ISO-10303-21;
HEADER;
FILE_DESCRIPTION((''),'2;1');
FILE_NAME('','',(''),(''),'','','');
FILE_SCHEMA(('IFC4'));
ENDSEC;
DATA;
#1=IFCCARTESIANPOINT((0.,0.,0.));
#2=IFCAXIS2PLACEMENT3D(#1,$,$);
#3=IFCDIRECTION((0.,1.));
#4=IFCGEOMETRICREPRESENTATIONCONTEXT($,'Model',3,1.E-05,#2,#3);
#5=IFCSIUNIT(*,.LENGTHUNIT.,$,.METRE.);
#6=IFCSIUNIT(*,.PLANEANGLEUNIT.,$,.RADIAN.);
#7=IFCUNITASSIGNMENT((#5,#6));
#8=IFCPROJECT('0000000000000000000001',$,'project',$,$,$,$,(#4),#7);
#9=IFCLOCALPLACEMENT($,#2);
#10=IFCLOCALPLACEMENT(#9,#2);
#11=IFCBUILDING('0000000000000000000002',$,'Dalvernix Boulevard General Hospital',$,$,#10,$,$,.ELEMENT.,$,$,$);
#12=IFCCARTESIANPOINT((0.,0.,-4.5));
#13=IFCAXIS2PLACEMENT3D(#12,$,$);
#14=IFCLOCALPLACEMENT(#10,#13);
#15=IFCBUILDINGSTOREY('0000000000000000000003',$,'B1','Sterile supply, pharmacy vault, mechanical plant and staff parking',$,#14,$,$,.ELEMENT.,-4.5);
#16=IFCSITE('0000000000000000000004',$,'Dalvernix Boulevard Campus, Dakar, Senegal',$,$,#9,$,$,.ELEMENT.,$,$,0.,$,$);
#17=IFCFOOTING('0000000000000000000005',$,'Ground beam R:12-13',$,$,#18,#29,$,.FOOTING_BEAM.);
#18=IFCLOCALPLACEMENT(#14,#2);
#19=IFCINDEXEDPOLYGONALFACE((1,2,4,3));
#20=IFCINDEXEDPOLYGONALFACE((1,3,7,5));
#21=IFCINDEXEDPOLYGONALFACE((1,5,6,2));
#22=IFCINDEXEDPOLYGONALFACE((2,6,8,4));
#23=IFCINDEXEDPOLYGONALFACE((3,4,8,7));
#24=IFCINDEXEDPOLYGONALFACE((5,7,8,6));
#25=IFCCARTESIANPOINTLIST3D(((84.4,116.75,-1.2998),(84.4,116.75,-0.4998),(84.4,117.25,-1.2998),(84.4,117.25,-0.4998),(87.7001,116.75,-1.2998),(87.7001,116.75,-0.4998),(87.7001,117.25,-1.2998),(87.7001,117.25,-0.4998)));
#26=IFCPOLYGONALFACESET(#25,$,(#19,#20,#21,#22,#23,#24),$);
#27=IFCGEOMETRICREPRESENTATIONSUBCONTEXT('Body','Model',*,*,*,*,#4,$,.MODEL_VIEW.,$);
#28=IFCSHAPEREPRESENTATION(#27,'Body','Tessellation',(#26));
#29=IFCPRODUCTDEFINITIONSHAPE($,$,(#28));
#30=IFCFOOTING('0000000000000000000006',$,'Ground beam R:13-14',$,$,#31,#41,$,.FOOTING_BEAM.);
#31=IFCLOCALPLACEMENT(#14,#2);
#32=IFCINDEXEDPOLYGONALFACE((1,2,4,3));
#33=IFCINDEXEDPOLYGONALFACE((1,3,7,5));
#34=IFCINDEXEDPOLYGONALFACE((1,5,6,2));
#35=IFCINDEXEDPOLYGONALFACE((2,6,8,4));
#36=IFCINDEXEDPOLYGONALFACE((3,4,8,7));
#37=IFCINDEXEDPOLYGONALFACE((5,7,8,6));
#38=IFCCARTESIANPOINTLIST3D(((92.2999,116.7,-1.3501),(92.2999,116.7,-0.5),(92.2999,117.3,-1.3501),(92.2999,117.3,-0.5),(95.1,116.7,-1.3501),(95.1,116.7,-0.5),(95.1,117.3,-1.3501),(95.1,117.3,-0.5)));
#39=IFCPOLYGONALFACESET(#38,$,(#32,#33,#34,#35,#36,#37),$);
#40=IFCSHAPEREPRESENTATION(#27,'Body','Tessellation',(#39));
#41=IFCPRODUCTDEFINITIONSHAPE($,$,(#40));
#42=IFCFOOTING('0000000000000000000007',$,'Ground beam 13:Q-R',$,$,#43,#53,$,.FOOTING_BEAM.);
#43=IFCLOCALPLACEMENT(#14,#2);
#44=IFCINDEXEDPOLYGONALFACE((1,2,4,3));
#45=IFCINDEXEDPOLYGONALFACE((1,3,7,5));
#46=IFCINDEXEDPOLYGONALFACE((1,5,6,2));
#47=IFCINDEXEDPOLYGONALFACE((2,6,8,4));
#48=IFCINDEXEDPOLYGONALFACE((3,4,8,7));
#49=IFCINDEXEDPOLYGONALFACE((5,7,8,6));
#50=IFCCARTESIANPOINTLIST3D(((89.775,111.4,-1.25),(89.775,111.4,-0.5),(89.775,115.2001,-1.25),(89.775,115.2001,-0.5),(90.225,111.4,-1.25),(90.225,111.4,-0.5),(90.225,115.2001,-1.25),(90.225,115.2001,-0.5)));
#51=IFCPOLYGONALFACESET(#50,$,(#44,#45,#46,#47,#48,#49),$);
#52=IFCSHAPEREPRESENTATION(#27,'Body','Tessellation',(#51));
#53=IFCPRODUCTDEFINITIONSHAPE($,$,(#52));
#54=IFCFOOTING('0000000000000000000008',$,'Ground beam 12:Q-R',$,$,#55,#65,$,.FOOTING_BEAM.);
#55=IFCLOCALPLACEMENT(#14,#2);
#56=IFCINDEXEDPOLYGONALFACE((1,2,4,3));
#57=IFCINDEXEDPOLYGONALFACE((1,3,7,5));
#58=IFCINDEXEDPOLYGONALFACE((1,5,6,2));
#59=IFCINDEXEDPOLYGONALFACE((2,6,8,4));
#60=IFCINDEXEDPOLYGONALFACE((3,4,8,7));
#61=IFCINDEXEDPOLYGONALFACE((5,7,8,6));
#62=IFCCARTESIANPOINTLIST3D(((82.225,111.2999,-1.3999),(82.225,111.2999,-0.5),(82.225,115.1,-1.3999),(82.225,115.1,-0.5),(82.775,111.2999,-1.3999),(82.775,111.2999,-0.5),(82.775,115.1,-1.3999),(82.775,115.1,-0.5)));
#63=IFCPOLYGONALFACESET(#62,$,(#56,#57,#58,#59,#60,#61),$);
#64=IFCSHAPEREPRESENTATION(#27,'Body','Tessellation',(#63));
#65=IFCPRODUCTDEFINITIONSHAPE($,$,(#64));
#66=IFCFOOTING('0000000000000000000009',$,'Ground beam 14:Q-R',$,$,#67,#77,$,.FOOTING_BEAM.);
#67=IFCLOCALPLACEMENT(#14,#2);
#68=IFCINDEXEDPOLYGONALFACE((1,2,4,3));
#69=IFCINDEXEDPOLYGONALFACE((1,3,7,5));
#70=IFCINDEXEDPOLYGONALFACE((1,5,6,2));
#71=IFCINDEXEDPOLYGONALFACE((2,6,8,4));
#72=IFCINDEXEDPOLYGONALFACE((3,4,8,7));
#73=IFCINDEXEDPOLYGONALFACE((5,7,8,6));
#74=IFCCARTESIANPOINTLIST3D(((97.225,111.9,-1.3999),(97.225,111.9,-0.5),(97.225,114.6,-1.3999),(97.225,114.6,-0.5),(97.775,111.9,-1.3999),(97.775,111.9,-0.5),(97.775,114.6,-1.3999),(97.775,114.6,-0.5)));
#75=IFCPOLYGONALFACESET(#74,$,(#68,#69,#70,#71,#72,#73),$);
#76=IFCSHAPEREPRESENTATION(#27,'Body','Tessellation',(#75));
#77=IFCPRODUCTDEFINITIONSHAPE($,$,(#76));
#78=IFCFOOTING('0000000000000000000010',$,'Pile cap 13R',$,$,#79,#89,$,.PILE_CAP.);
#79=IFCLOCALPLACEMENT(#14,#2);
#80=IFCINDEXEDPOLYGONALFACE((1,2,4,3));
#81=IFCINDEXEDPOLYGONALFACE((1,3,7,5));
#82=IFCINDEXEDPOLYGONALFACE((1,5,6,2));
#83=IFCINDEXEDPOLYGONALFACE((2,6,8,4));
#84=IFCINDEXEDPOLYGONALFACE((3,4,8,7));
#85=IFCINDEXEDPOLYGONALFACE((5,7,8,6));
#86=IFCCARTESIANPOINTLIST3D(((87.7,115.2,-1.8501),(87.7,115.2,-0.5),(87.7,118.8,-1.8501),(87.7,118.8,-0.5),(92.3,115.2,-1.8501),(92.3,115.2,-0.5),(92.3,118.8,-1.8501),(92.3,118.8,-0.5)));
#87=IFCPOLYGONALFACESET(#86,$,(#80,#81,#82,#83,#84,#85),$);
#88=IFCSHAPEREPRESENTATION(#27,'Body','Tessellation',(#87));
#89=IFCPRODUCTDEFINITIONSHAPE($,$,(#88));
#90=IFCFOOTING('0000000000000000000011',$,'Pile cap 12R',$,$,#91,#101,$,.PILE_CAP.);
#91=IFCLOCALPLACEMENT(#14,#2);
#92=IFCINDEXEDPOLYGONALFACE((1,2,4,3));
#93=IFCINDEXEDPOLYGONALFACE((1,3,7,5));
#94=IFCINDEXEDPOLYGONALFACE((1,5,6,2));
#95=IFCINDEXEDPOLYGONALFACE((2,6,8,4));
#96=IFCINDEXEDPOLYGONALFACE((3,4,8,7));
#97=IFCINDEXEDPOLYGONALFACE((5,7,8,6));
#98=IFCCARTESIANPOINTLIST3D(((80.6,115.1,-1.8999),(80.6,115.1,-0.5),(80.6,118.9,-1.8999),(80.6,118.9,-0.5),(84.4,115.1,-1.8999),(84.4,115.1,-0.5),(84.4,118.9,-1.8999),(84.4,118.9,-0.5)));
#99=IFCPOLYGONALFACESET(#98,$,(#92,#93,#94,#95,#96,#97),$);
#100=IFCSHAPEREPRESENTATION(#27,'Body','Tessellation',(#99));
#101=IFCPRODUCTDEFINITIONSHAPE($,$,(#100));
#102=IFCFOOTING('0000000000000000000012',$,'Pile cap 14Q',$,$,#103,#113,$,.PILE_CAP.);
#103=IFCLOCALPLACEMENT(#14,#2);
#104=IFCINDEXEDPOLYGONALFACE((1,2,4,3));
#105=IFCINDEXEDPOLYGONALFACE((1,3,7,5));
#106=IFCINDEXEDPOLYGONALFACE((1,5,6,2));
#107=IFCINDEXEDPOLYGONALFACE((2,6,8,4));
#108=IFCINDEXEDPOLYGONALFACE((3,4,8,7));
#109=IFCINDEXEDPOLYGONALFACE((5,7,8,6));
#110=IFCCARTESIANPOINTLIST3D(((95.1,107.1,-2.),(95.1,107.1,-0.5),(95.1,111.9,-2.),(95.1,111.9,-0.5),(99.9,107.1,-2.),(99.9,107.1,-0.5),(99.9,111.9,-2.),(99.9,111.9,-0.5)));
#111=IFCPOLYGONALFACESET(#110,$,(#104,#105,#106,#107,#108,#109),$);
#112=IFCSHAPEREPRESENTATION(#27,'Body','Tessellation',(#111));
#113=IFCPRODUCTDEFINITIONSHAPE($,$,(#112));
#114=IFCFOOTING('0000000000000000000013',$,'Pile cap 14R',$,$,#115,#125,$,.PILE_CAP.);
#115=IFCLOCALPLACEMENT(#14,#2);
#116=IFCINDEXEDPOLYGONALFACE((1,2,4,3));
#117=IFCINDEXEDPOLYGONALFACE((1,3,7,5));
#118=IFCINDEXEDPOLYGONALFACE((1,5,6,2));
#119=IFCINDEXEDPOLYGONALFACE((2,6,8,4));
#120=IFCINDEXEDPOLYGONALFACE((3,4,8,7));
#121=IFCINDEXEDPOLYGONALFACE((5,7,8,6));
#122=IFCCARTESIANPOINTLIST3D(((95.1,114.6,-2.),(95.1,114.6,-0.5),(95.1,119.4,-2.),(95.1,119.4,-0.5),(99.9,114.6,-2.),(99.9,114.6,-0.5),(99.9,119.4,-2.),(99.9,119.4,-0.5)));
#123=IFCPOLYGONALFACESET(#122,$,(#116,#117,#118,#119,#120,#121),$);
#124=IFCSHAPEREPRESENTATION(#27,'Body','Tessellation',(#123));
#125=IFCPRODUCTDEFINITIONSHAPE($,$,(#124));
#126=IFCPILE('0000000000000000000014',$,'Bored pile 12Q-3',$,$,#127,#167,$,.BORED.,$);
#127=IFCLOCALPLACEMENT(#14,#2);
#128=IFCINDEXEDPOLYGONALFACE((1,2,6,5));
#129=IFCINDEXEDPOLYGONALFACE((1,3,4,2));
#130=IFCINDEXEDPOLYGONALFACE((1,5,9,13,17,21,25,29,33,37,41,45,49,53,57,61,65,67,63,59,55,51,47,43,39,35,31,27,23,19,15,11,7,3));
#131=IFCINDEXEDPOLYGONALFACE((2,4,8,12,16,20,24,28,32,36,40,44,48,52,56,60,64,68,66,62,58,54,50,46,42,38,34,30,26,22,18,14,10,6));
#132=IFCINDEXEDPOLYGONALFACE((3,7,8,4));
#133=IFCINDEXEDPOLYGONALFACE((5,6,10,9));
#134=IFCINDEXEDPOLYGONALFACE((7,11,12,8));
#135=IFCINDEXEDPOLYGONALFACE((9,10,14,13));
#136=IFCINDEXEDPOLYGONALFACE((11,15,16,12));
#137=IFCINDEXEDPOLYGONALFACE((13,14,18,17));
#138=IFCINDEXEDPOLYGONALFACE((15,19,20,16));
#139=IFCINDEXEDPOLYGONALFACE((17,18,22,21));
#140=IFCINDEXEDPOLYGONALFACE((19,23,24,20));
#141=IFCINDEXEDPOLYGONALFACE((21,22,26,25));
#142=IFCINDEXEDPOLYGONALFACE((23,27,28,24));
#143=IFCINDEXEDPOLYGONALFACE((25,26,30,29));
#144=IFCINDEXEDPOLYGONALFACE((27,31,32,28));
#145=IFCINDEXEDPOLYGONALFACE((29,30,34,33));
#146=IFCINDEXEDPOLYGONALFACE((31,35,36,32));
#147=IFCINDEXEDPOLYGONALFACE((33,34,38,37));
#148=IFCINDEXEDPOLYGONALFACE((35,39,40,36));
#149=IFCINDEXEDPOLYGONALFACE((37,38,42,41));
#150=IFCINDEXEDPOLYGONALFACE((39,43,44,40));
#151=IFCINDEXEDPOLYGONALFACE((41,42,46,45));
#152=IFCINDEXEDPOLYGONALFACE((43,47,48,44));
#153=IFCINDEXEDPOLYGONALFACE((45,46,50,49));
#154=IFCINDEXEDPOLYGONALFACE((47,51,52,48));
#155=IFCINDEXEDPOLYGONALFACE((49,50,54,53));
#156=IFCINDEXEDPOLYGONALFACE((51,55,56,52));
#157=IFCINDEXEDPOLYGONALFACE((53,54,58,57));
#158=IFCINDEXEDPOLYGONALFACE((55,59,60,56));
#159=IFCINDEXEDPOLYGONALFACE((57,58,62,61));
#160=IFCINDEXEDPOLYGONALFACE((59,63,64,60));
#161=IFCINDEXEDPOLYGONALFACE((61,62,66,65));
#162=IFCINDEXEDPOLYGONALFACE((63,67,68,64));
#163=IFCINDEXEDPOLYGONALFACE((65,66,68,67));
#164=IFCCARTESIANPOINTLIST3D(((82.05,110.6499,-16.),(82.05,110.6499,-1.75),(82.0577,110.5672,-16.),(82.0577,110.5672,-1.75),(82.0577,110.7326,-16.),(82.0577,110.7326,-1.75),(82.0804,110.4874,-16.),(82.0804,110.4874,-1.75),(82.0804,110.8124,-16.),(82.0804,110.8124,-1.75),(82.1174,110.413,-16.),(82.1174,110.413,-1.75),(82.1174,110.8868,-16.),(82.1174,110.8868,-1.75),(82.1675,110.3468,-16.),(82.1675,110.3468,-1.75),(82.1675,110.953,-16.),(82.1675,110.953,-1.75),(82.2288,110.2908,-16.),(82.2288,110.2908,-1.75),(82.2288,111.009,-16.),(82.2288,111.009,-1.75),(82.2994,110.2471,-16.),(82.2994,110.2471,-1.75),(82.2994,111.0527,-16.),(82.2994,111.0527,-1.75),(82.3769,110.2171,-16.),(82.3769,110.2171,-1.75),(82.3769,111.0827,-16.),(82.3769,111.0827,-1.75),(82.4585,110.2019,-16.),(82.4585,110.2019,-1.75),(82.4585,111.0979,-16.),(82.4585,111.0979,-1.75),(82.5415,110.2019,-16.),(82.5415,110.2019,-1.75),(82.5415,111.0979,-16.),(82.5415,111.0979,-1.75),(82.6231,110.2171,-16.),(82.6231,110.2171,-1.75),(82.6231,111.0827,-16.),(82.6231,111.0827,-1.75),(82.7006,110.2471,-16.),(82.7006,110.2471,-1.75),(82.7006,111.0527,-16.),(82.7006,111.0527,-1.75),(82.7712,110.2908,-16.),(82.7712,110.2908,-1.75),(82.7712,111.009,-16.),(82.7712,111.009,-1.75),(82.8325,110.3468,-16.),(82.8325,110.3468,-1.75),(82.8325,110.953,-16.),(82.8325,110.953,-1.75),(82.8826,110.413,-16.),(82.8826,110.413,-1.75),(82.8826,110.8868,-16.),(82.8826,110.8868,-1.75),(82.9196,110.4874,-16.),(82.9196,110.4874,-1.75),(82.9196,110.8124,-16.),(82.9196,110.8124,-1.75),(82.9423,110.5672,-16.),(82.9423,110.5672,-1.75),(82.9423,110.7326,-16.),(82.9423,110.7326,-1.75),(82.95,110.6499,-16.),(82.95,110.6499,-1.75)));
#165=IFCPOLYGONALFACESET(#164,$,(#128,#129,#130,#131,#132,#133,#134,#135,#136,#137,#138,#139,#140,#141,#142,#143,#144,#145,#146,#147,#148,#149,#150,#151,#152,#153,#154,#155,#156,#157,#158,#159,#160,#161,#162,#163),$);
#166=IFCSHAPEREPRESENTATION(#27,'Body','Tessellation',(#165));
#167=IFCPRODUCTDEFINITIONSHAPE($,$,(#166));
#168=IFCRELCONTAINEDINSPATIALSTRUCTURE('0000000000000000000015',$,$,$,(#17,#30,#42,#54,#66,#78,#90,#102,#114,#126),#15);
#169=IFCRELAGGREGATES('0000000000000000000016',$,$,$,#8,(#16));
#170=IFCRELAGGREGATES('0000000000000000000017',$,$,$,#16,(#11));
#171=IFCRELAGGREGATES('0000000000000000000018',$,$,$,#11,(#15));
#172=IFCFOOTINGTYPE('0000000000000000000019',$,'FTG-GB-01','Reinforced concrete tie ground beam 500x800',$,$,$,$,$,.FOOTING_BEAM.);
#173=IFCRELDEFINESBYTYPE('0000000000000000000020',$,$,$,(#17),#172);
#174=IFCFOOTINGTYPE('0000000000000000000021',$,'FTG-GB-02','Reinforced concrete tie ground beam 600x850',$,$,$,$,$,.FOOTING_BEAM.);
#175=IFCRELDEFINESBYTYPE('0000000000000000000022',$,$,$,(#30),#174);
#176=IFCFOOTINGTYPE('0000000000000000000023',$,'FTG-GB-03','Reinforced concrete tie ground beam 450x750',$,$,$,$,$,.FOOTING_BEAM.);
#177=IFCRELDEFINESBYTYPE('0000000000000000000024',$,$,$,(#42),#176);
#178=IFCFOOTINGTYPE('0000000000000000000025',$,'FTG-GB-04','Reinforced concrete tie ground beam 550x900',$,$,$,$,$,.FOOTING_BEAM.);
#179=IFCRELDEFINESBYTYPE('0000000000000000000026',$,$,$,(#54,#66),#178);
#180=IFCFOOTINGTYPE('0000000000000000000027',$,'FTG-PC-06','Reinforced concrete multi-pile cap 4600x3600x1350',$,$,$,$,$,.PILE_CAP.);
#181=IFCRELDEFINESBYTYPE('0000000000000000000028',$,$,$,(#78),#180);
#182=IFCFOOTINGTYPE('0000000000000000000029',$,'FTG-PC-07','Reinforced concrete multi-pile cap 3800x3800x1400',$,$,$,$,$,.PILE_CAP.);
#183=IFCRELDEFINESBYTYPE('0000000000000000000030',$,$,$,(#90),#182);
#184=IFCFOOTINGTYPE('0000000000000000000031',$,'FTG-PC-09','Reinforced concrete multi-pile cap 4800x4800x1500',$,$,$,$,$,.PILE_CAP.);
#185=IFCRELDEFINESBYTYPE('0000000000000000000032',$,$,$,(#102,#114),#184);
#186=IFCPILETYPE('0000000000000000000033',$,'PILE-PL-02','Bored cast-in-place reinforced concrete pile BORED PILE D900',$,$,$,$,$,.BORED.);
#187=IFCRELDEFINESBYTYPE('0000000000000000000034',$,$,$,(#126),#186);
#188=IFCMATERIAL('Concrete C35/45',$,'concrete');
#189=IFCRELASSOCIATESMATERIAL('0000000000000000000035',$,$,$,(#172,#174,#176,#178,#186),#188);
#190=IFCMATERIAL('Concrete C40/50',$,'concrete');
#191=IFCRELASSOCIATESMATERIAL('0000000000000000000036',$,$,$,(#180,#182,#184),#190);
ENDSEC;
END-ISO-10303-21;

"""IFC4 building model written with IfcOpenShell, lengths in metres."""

from ifc_helpers import new_model, si_unit, direction, frame, origin, origin_2d, place, context, subcontext, project, spatial, rectangle, circle, extrude, material, material_profile, profile_set, type_object, element, save


model = new_model("IFC4")

# Units and contexts
model_context = context("Model", 3, precision=1e-05, world=origin(), true_north=direction((0.0, 1.0)))
body_context = subcontext(model_context, "Body", "Model", "MODEL_VIEW")
ifc_project = project(units=[si_unit("LENGTHUNIT", "METRE"), si_unit("PLANEANGLEUNIT", "RADIAN")], contexts=[model_context])

# Site, building, storey
site_placement = place(None, origin())
site = spatial("IfcSite", under=ifc_project, at=site_placement, Name="Dalvernix Boulevard Campus, Dakar, Senegal", CompositionType="ELEMENT", RefElevation=0.0)
building_placement = place(site_placement, origin())
building = spatial("IfcBuilding", under=site, at=building_placement, Name="Dalvernix Boulevard General Hospital", CompositionType="ELEMENT")
storey_placement = place(building_placement, frame((0.0, 0.0, -4.5)))
storey = spatial("IfcBuildingStorey", under=building, at=storey_placement, Name="B1", Description="Sterile supply, pharmacy vault, mechanical plant and staff parking", CompositionType="ELEMENT", Elevation=-4.5)

# Footings
ifc_material_1 = material(Name="Concrete C35/45", Category="concrete")
footing_type_1 = type_object("IfcFootingType", Name="FTG-GB-01", Description="Reinforced concrete tie ground beam 500x800", PredefinedType="FOOTING_BEAM", material=ifc_material_1)
footing_1_placement = place(storey_placement, frame((86.05, 117.0, -1.2998), z_axis=(0.0, 0.0, 1.0), x_axis=(1.0, 0.0, 0.0)))
element("IfcFooting", 1, at=footing_1_placement, inside=storey, type_object=footing_type_1, Name="Ground beam R:12-13", PredefinedType="FOOTING_BEAM", context=body_context, shape_type="SweptSolid", body=[
    extrude(rectangle(XDim=3.3, YDim=0.5, at=origin_2d()), origin(), (0.0, 0.0, 1.0), 0.8),
])
footing_type_2 = type_object("IfcFootingType", Name="FTG-GB-02", Description="Reinforced concrete tie ground beam 600x850", PredefinedType="FOOTING_BEAM", material=ifc_material_1)
footing_2_placement = place(storey_placement, frame((93.7, 117.0, -1.3501), z_axis=(0.0, 0.0, 1.0), x_axis=(1.0, 0.0, 0.0)))
element("IfcFooting", 2, at=footing_2_placement, inside=storey, type_object=footing_type_2, Name="Ground beam R:13-14", PredefinedType="FOOTING_BEAM", context=body_context, shape_type="SweptSolid", body=[
    extrude(rectangle(XDim=2.8, YDim=0.6001, at=origin_2d()), origin(), (0.0, 0.0, 1.0), 0.8501),
])
footing_type_3 = type_object("IfcFootingType", Name="FTG-GB-03", Description="Reinforced concrete tie ground beam 450x750", PredefinedType="FOOTING_BEAM", material=ifc_material_1)
footing_3_placement = place(storey_placement, frame((90.0, 113.3, -1.25), z_axis=(0.0, 0.0, 1.0), x_axis=(0.0, 1.0, 0.0)))
element("IfcFooting", 3, at=footing_3_placement, inside=storey, type_object=footing_type_3, Name="Ground beam 13:Q-R", PredefinedType="FOOTING_BEAM", context=body_context, shape_type="SweptSolid", body=[
    extrude(rectangle(XDim=3.8, YDim=0.45, at=origin_2d()), origin(), (0.0, 0.0, 1.0), 0.75),
])
footing_type_4 = type_object("IfcFootingType", Name="FTG-GB-04", Description="Reinforced concrete tie ground beam 550x900", PredefinedType="FOOTING_BEAM", material=ifc_material_1)
footing_4_placement = place(storey_placement, frame((82.5, 113.2, -1.3999), z_axis=(0.0, 0.0, 1.0), x_axis=(0.0, 1.0, 0.0)))
element("IfcFooting", 4, at=footing_4_placement, inside=storey, type_object=footing_type_4, Name="Ground beam 12:Q-R", PredefinedType="FOOTING_BEAM", context=body_context, shape_type="SweptSolid", body=[
    extrude(rectangle(XDim=3.8, YDim=0.55, at=origin_2d()), origin(), (0.0, 0.0, 1.0), 0.8999),
])
footing_5_placement = place(storey_placement, frame((97.5, 113.25, -1.3999), z_axis=(0.0, 0.0, 1.0), x_axis=(0.0, 1.0, 0.0)))
element("IfcFooting", 5, at=footing_5_placement, inside=storey, type_object=footing_type_4, Name="Ground beam 14:Q-R", PredefinedType="FOOTING_BEAM", context=body_context, shape_type="SweptSolid", body=[
    extrude(rectangle(XDim=2.7, YDim=0.55, at=origin_2d()), origin(), (0.0, 0.0, 1.0), 0.8999),
])
ifc_material_2 = material(Name="Concrete C40/50", Category="concrete")
footing_type_5 = type_object("IfcFootingType", Name="FTG-PC-06", Description="Reinforced concrete multi-pile cap 4600x3600x1350", PredefinedType="PILE_CAP", material=ifc_material_2)
footing_6_placement = place(storey_placement, frame((90.0, 117.0, -1.8501), z_axis=(0.0, 0.0, 1.0), x_axis=(1.0, 0.0, 0.0)))
element("IfcFooting", 6, at=footing_6_placement, inside=storey, type_object=footing_type_5, Name="Pile cap 13R", PredefinedType="PILE_CAP", context=body_context, shape_type="SweptSolid", body=[
    extrude(rectangle(XDim=4.6001, YDim=3.6001, at=origin_2d()), origin(), (0.0, 0.0, 1.0), 1.3501),
])
footing_type_6 = type_object("IfcFootingType", Name="FTG-PC-07", Description="Reinforced concrete multi-pile cap 3800x3800x1400", PredefinedType="PILE_CAP", material=ifc_material_2)
footing_7_placement = place(storey_placement, frame((82.5, 117.0, -1.8999), z_axis=(0.0, 0.0, 1.0), x_axis=(1.0, 0.0, 0.0)))
element("IfcFooting", 7, at=footing_7_placement, inside=storey, type_object=footing_type_6, Name="Pile cap 12R", PredefinedType="PILE_CAP", context=body_context, shape_type="SweptSolid", body=[
    extrude(rectangle(XDim=3.8, YDim=3.8, at=origin_2d()), origin(), (0.0, 0.0, 1.0), 1.3999),
])
footing_type_7 = type_object("IfcFootingType", Name="FTG-PC-09", Description="Reinforced concrete multi-pile cap 4800x4800x1500", PredefinedType="PILE_CAP", material=ifc_material_2)
for number, where, z_axis, x_axis, name in (
    (8, (97.5, 109.5, -2.0), (0.0, 0.0, 1.0), (1.0, 0.0, 0.0), "Pile cap 14Q"),
    (9, (97.5, 117.0, -2.0), (0.0, 0.0, 1.0), (1.0, 0.0, 0.0), "Pile cap 14R"),
):
    element("IfcFooting", number, at=place(storey_placement, frame(where, z_axis=z_axis, x_axis=x_axis)), inside=storey, type_object=footing_type_7, Name=name, PredefinedType="PILE_CAP", context=body_context, shape_type="SweptSolid", body=[
        extrude(rectangle(XDim=4.8, YDim=4.8, at=origin_2d()), origin(), (0.0, 0.0, 1.0), 1.5),
    ])

# Pile
ifc_material_profile_1 = material_profile(ifc_material_1, circle(Radius=0.45, at=origin_2d()), Name="BORED PILE D900")
ifc_profile_set_1 = profile_set([ifc_material_profile_1], Name="Concrete C35/45")
pile_type_1 = type_object("IfcPileType", Name="PILE-PL-02", Description="Bored cast-in-place reinforced concrete pile BORED PILE D900", PredefinedType="BORED", material=ifc_profile_set_1)
pile_placement = place(storey_placement, frame((82.5, 110.6499, -1.75), z_axis=(0.0, 0.0, -1.0), x_axis=(1.0, 0.0, 0.0)))
element("IfcPile", 10, at=pile_placement, inside=storey, type_object=pile_type_1, Name="Bored pile 12Q-3", PredefinedType="BORED", context=body_context, shape_type="SweptSolid", body=[
    extrude(circle(Radius=0.45, at=origin_2d()), origin(), (0.0, 0.0, 1.0), 14.25),
])

save(model, "model.ifc")
